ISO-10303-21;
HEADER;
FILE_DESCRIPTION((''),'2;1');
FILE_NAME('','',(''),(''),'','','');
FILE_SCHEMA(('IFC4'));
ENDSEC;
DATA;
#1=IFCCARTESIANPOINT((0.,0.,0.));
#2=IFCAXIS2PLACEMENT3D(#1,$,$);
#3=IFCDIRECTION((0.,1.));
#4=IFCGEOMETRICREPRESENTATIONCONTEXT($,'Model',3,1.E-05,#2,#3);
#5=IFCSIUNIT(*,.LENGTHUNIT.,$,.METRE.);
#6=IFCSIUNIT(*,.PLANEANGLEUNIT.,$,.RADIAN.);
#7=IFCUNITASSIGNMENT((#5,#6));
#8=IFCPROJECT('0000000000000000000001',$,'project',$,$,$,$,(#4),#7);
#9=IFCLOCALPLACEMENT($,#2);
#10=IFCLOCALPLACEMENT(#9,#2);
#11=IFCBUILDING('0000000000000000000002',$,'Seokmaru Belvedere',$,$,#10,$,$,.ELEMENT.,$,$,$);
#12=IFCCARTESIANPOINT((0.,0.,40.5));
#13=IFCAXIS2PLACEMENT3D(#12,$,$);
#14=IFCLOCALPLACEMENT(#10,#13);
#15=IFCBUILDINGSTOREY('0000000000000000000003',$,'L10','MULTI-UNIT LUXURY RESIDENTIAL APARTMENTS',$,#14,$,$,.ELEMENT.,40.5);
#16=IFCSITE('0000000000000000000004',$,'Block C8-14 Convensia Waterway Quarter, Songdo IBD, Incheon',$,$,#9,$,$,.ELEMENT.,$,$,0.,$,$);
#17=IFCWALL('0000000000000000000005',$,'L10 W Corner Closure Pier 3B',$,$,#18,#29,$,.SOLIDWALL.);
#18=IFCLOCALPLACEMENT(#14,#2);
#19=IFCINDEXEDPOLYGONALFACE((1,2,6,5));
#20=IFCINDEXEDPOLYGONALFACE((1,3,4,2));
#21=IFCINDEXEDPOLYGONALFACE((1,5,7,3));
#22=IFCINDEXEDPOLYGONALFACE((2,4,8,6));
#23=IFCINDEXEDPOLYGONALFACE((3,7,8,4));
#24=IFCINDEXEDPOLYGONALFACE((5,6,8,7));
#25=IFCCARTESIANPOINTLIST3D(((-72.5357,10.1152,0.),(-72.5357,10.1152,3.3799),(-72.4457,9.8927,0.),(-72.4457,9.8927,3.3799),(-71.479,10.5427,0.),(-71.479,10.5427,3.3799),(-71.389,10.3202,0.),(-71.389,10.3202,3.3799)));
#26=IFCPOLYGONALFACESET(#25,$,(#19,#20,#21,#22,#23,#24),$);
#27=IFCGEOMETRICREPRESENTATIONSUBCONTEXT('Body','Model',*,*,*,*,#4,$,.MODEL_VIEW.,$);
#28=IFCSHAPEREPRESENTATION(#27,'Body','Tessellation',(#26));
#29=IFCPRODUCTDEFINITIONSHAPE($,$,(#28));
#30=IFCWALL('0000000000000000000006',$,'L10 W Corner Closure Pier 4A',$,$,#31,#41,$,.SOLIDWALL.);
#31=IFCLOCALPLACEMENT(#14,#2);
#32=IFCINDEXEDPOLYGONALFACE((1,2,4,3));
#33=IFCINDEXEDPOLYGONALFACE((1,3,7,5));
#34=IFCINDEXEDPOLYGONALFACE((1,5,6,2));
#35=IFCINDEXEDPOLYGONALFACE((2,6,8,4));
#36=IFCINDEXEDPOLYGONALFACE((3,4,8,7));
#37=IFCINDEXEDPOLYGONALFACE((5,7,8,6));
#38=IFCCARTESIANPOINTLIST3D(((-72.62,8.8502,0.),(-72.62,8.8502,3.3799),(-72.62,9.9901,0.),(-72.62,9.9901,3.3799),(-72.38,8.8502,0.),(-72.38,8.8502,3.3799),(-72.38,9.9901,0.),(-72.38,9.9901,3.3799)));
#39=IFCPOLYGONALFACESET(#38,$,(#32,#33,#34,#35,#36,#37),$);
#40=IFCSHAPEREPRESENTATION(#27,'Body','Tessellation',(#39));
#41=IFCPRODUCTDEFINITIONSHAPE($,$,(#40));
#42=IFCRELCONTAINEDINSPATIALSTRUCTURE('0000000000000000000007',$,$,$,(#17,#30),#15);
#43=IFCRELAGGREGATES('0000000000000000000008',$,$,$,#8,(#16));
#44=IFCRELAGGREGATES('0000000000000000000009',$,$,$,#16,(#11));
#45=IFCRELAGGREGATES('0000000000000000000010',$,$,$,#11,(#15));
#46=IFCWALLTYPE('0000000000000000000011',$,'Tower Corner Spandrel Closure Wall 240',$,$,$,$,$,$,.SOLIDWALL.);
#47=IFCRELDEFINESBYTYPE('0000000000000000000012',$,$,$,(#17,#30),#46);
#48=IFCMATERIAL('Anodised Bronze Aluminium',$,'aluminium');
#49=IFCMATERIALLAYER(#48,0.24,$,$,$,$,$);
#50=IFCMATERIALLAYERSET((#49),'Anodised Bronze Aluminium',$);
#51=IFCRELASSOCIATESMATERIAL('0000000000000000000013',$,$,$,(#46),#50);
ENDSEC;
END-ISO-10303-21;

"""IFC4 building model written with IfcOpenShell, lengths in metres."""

from ifc_helpers import new_model, si_unit, direction, frame, frame_2d, origin, place, context, subcontext, project, spatial, rectangle, extrude, material, layer, layer_set, type_object, element, save


model = new_model("IFC4")

# Units and contexts
model_context = context("Model", 3, precision=1e-05, world=origin(), true_north=direction((0.0, 1.0)))
body_context = subcontext(model_context, "Body", "Model", "MODEL_VIEW")
ifc_project = project(units=[si_unit("LENGTHUNIT", "METRE"), si_unit("PLANEANGLEUNIT", "RADIAN")], contexts=[model_context])

# Site, building, storey
site_placement = place(None, origin())
site = spatial("IfcSite", under=ifc_project, at=site_placement, Name="Block C8-14 Convensia Waterway Quarter, Songdo IBD, Incheon", CompositionType="ELEMENT", RefElevation=0.0)
building_placement = place(site_placement, origin())
building = spatial("IfcBuilding", under=site, at=building_placement, Name="Seokmaru Belvedere", CompositionType="ELEMENT")
storey_placement = place(building_placement, frame((0.0, 0.0, 40.5)))
storey = spatial("IfcBuildingStorey", under=building, at=storey_placement, Name="L10", Description="MULTI-UNIT LUXURY RESIDENTIAL APARTMENTS", CompositionType="ELEMENT", Elevation=40.5)

# Shared definitions
ifc_material_1 = material(Name="Anodised Bronze Aluminium", Category="aluminium")

# Walls
ifc_layer_1 = layer(ifc_material_1, 0.24)
ifc_layer_set_1 = layer_set([ifc_layer_1], Name="Anodised Bronze Aluminium")
wall_type_1 = type_object("IfcWallType", Name="Tower Corner Spandrel Closure Wall 240", PredefinedType="SOLIDWALL", material=ifc_layer_set_1)
for number, where, z_axis, x_axis, name in (
    (1, (-71.4341, 10.4314, 0.0), (0.0, 0.0, 1.0), (-0.927007, -0.375044, 0.0), "L10 W Corner Closure Pier 3B"),
    (2, (-72.5, 9.99, 0.0), (0.0, 0.0, 1.0), (0.0, -1.0, 0.0), "L10 W Corner Closure Pier 4A"),
):
    element("IfcWall", number, at=place(storey_placement, frame(where, z_axis=z_axis, x_axis=x_axis)), inside=storey, type_object=wall_type_1, Name=name, PredefinedType="SOLIDWALL", context=body_context, shape_type="SweptSolid", body=[
        extrude(rectangle(XDim=1.1399, YDim=0.24, at=frame_2d((0.5698, 0.0))), origin(), (0.0, 0.0, 1.0), 3.3799),
    ])

save(model, "model.ifc")
